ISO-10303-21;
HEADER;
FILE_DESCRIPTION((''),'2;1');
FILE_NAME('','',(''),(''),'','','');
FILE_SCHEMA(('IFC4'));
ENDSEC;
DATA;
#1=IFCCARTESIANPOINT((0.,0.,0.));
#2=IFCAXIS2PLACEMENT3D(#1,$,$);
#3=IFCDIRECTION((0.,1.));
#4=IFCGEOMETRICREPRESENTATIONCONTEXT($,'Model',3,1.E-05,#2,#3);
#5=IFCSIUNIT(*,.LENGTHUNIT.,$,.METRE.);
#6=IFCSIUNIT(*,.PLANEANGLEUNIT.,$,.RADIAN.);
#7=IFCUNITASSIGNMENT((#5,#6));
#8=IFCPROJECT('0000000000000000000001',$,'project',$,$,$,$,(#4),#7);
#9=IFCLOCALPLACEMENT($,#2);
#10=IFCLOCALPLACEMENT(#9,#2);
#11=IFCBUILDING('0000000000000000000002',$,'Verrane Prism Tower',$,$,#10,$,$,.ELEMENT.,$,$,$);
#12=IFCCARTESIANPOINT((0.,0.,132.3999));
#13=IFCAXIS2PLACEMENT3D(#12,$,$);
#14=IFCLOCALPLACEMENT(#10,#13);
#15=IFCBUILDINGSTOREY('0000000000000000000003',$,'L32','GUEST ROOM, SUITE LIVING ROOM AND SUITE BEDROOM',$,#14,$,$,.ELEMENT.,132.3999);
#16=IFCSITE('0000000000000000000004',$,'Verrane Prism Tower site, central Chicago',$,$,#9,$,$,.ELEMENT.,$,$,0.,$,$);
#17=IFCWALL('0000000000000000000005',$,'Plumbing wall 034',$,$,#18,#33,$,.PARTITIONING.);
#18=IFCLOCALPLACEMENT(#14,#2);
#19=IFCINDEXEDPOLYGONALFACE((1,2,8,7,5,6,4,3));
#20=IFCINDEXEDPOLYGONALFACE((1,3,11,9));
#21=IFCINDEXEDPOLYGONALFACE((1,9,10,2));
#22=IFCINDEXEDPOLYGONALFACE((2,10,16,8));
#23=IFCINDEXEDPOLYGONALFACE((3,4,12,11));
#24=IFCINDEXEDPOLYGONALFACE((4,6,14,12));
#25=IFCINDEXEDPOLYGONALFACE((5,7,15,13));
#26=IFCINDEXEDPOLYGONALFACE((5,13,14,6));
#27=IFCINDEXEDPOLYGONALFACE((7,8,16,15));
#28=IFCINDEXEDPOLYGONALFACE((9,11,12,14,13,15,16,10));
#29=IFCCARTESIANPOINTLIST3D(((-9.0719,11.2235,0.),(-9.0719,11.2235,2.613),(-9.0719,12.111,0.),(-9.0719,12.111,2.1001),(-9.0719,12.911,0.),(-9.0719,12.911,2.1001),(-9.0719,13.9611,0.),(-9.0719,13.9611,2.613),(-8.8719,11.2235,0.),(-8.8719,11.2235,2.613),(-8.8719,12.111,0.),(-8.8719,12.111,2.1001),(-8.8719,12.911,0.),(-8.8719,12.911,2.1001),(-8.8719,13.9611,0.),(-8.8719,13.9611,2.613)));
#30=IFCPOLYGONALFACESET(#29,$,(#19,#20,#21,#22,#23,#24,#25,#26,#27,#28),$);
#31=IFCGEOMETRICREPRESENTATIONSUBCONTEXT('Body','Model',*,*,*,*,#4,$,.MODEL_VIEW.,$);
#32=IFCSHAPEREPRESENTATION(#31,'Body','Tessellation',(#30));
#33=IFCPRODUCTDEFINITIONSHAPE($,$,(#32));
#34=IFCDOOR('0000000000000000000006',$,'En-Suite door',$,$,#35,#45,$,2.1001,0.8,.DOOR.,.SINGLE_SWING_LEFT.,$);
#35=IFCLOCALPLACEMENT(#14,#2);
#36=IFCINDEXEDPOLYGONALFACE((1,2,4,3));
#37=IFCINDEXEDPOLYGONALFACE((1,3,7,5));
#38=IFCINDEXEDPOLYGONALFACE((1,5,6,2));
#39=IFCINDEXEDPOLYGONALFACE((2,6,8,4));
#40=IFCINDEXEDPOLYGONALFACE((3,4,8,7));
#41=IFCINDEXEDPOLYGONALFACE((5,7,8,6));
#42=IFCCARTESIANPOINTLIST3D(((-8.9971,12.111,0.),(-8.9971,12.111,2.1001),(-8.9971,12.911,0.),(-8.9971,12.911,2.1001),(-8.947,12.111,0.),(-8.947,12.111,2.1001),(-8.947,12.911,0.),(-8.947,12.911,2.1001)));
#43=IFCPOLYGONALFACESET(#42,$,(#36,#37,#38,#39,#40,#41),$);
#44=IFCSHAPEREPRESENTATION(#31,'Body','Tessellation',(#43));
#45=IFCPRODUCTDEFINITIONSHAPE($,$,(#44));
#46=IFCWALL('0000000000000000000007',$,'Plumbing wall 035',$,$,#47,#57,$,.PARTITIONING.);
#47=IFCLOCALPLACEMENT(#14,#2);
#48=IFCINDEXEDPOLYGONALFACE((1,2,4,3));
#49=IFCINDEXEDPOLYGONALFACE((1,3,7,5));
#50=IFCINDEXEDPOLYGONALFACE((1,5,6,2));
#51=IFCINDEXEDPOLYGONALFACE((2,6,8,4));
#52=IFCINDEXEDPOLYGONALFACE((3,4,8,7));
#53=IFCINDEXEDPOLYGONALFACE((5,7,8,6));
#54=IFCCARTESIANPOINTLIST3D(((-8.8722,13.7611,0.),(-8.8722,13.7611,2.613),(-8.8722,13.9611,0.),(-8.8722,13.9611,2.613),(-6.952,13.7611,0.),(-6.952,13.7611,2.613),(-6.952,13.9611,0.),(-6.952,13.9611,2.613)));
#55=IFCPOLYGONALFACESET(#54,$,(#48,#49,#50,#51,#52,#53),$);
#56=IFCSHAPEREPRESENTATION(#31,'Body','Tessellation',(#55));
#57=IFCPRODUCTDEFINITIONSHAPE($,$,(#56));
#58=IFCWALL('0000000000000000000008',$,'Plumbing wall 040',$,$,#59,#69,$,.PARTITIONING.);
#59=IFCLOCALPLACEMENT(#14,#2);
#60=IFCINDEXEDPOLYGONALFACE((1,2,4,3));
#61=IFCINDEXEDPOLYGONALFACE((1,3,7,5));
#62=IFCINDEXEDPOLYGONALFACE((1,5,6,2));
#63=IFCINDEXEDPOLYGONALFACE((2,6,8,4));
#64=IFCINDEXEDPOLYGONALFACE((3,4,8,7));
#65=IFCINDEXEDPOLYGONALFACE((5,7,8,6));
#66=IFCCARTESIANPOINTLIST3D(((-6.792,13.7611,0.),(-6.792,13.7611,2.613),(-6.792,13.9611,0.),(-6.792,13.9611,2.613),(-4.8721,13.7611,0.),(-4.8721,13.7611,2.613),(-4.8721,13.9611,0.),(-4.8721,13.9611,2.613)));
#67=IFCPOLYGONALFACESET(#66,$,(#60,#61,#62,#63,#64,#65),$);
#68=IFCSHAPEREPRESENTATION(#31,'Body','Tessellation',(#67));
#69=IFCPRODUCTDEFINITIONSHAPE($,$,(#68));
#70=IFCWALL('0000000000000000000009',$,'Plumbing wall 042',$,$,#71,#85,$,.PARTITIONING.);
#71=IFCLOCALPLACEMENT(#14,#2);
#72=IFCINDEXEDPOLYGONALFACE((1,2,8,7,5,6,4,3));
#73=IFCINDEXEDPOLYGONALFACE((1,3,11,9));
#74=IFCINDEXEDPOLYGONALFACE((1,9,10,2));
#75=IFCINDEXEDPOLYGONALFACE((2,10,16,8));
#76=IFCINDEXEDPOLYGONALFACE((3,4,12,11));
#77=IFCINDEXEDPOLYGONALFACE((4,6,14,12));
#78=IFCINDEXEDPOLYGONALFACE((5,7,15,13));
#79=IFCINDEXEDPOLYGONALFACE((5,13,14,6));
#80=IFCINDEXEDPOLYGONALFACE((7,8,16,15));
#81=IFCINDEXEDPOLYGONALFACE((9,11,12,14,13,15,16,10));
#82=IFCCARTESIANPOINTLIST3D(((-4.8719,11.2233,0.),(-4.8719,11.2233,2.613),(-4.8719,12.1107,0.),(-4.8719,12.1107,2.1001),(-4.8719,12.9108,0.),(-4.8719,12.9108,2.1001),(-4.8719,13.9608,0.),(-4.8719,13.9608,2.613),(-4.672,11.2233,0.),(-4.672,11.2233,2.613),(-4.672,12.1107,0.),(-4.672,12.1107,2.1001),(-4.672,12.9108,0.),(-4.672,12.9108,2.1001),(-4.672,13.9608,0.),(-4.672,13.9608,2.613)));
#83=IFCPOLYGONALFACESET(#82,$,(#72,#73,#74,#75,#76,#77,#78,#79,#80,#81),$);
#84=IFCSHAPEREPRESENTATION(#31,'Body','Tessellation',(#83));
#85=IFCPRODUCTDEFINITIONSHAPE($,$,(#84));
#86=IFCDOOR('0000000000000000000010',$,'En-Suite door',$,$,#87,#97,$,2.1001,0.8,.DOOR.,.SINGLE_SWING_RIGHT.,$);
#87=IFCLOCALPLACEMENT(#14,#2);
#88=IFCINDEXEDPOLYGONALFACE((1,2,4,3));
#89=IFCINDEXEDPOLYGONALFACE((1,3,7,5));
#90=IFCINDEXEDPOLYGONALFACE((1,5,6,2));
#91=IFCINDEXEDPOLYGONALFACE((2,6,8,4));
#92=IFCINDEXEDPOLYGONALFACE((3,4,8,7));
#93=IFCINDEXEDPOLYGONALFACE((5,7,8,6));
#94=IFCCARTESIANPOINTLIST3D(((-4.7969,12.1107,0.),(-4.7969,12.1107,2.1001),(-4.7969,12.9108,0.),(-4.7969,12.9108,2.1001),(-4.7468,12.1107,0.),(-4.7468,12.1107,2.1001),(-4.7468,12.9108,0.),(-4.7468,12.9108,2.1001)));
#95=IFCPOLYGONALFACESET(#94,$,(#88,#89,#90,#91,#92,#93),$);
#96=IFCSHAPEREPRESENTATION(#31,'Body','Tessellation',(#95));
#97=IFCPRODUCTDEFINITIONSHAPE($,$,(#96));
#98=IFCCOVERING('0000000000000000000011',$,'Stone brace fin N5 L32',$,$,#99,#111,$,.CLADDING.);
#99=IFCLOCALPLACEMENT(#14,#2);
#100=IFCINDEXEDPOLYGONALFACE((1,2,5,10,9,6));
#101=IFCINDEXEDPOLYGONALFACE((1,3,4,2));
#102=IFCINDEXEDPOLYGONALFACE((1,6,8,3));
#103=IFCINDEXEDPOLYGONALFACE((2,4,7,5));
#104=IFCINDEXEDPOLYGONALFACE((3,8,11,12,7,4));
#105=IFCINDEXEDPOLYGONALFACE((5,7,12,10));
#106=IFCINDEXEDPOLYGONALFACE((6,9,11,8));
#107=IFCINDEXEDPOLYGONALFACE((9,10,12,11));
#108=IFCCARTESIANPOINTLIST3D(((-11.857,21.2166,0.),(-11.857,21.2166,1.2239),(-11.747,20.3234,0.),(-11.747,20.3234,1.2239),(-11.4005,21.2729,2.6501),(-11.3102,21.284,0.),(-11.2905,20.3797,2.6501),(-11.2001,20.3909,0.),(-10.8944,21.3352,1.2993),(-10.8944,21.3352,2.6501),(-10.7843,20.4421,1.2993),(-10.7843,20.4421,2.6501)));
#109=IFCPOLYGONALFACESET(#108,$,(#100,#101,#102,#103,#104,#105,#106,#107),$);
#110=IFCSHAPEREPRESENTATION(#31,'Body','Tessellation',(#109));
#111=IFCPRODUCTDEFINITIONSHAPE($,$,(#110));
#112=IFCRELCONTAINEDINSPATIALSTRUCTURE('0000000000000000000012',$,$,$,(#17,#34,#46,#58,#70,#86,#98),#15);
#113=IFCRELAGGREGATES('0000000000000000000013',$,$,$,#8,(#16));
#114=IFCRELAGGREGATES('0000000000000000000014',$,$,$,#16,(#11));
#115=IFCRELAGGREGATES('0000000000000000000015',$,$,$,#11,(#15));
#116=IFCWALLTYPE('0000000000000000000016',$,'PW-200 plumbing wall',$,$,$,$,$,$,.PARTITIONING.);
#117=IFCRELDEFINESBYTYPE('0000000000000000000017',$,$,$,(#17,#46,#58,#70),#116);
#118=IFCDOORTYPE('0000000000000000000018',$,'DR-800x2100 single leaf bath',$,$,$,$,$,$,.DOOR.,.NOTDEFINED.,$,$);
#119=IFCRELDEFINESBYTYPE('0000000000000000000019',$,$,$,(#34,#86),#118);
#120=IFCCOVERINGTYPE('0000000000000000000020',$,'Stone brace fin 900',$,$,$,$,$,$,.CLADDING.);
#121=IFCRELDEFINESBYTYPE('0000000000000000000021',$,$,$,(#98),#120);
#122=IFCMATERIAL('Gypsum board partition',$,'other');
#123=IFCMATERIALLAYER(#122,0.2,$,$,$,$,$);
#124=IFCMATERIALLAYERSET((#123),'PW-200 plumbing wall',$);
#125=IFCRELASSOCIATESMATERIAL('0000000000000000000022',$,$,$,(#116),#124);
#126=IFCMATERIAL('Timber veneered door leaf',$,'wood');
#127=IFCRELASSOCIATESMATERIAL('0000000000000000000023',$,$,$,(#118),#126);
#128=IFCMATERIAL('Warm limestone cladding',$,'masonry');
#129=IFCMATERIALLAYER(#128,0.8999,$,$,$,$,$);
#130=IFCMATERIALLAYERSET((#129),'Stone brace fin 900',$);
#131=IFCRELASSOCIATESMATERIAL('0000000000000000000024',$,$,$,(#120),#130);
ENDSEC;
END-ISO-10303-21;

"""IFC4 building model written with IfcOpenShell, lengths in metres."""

from ifc_helpers import new_model, si_unit, direction, frame, frame_2d, origin, place, context, subcontext, project, spatial, polyline, rectangle, outline, extrude, material, layer, layer_set, type_object, element, fill, save


model = new_model("IFC4")

# Units and contexts
model_context = context("Model", 3, precision=1e-05, world=origin(), true_north=direction((0.0, 1.0)))
body_context = subcontext(model_context, "Body", "Model", "MODEL_VIEW")
ifc_project = project(units=[si_unit("LENGTHUNIT", "METRE"), si_unit("PLANEANGLEUNIT", "RADIAN")], contexts=[model_context])

# Site, building, storey
site_placement = place(None, origin())
site = spatial("IfcSite", under=ifc_project, at=site_placement, Name="Verrane Prism Tower site, central Chicago", CompositionType="ELEMENT", RefElevation=0.0)
building_placement = place(site_placement, origin())
building = spatial("IfcBuilding", under=site, at=building_placement, Name="Verrane Prism Tower", CompositionType="ELEMENT")
storey_placement = place(building_placement, frame((0.0, 0.0, 132.3999)))
storey = spatial("IfcBuildingStorey", under=building, at=storey_placement, Name="L32", Description="GUEST ROOM, SUITE LIVING ROOM AND SUITE BEDROOM", CompositionType="ELEMENT", Elevation=132.3999)

# Shared definitions
ifc_material_1 = material(Name="Gypsum board partition", Category="other")
ifc_layer_1 = layer(ifc_material_1, 0.2)
ifc_layer_set_1 = layer_set([ifc_layer_1], Name="PW-200 plumbing wall")
wall_type_1 = type_object("IfcWallType", Name="PW-200 plumbing wall", PredefinedType="PARTITIONING", material=ifc_layer_set_1)

# Wall, opening, door
ifc_material_2 = material(Name="Timber veneered door leaf", Category="wood")
door_type_1 = type_object("IfcDoorType", Name="DR-800x2100 single leaf bath", OperationType="NOTDEFINED", PredefinedType="DOOR", material=ifc_material_2)
wall_1_placement = place(storey_placement, frame((-8.9719, 13.9609, 0.0), z_axis=(0.0, 0.0, 1.0), x_axis=(0.0, -1.0, 0.0)))
wall_1 = element("IfcWall", 1, at=wall_1_placement, inside=storey, type_object=wall_type_1, Name="Plumbing wall 034", PredefinedType="PARTITIONING", context=body_context, shape_type="SweptSolid", body=[
    extrude(rectangle(XDim=2.7375, YDim=0.2, at=frame_2d((1.3687, 0.0))), origin(), (0.0, 0.0, 1.0), 2.613),
])
opening_1_placement = place(wall_1_placement, frame((1.05, 0.0, 0.0)))
opening_1 = element("IfcOpeningElement", 2, at=opening_1_placement, cuts=wall_1, PredefinedType="OPENING", context=body_context, shape_type="SweptSolid", body=[
    extrude(rectangle(XDim=0.8, YDim=2.1001, at=frame_2d((0.3999, 1.05))), frame((0.0, 0.1099, 0.0), z_axis=(0.0, -1.0, 0.0), x_axis=(1.0, 0.0, 0.0)), (0.0, 0.0, 1.0), 0.22),
])
door_1_placement = place(opening_1_placement, origin())
door_1 = element("IfcDoor", 3, at=door_1_placement, inside=storey, type_object=door_type_1, Name="En-Suite door", OperationType="SINGLE_SWING_LEFT", OverallHeight=2.1001, OverallWidth=0.8, PredefinedType="DOOR", context=body_context, shape_type="SweptSolid", body=[
    extrude(rectangle(XDim=0.8, YDim=2.1001, at=frame_2d((0.3999, 1.05))), frame((0.0, 0.0249, 0.0), z_axis=(0.0, -1.0, 0.0), x_axis=(1.0, 0.0, 0.0)), (0.0, 0.0, 1.0), 0.05),
])
fill(opening_1, door_1)

# Walls
wall_2_placement = place(storey_placement, frame((-8.8721, 13.8611, 0.0), z_axis=(0.0, 0.0, 1.0), x_axis=(1.0, 0.0, 0.0)))
element("IfcWall", 4, at=wall_2_placement, inside=storey, type_object=wall_type_1, Name="Plumbing wall 035", PredefinedType="PARTITIONING", context=body_context, shape_type="SweptSolid", body=[
    extrude(rectangle(XDim=1.9202, YDim=0.2, at=frame_2d((0.96, 0.0))), origin(), (0.0, 0.0, 1.0), 2.613),
])
wall_3_placement = place(storey_placement, frame((-6.792, 13.8611, 0.0), z_axis=(0.0, 0.0, 1.0), x_axis=(1.0, 0.0, 0.0)))
element("IfcWall", 5, at=wall_3_placement, inside=storey, type_object=wall_type_1, Name="Plumbing wall 040", PredefinedType="PARTITIONING", context=body_context, shape_type="SweptSolid", body=[
    extrude(rectangle(XDim=1.9199, YDim=0.2, at=frame_2d((0.96, 0.0))), origin(), (0.0, 0.0, 1.0), 2.613),
])

# Wall, opening, door
wall_4_placement = place(storey_placement, frame((-4.772, 11.2234, 0.0), z_axis=(0.0, 0.0, 1.0), x_axis=(0.0, 1.0, 0.0)))
wall_4 = element("IfcWall", 6, at=wall_4_placement, inside=storey, type_object=wall_type_1, Name="Plumbing wall 042", PredefinedType="PARTITIONING", context=body_context, shape_type="SweptSolid", body=[
    extrude(rectangle(XDim=2.7375, YDim=0.2, at=frame_2d((1.3687, 0.0))), origin(), (0.0, 0.0, 1.0), 2.613),
])
opening_2_placement = place(wall_4_placement, frame((0.8875, 0.0, 0.0)))
opening_2 = element("IfcOpeningElement", 7, at=opening_2_placement, cuts=wall_4, PredefinedType="OPENING", context=body_context, shape_type="SweptSolid", body=[
    extrude(rectangle(XDim=0.8, YDim=2.1001, at=frame_2d((0.3999, 1.05))), frame((0.0, 0.1099, 0.0), z_axis=(0.0, -1.0, 0.0), x_axis=(1.0, 0.0, 0.0)), (0.0, 0.0, 1.0), 0.22),
])
door_2_placement = place(opening_2_placement, origin())
door_2 = element("IfcDoor", 8, at=door_2_placement, inside=storey, type_object=door_type_1, Name="En-Suite door", OperationType="SINGLE_SWING_RIGHT", OverallHeight=2.1001, OverallWidth=0.8, PredefinedType="DOOR", context=body_context, shape_type="SweptSolid", body=[
    extrude(rectangle(XDim=0.8, YDim=2.1001, at=frame_2d((0.3999, 1.05))), frame((0.0, 0.0249, 0.0), z_axis=(0.0, -1.0, 0.0), x_axis=(1.0, 0.0, 0.0)), (0.0, 0.0, 1.0), 0.05),
])
fill(opening_2, door_2)

# Covering
ifc_material_3 = material(Name="Warm limestone cladding", Category="masonry")
ifc_layer_2 = layer(ifc_material_3, 0.8999)
ifc_layer_set_2 = layer_set([ifc_layer_2], Name="Stone brace fin 900")
covering_type = type_object("IfcCoveringType", Name="Stone brace fin 900", PredefinedType="CLADDING", material=ifc_layer_set_2)
covering_placement = place(storey_placement, frame((-11.802, 20.77, 0.0), z_axis=(0.0, 0.0, 1.0), x_axis=(0.992489, 0.122331, 0.0)))
element("IfcCovering", 9, at=covering_placement, inside=storey, type_object=covering_type, Name="Stone brace fin N5 L32", PredefinedType="CLADDING", context=body_context, shape_type="SweptSolid", body=[
    extrude(outline(polyline([(0.97, 2.6501), (0.46, 2.6501), (0.0, 1.2239), (0.0, 0.0), (0.551, 0.0), (0.97, 1.2993), (0.97, 2.6501)])), frame((0.0, 0.45, 0.0), z_axis=(0.0, -1.0, 0.0), x_axis=(1.0, 0.0, 0.0)), (0.0, 0.0, 1.0), 0.8999),
])

save(model, "model.ifc")
